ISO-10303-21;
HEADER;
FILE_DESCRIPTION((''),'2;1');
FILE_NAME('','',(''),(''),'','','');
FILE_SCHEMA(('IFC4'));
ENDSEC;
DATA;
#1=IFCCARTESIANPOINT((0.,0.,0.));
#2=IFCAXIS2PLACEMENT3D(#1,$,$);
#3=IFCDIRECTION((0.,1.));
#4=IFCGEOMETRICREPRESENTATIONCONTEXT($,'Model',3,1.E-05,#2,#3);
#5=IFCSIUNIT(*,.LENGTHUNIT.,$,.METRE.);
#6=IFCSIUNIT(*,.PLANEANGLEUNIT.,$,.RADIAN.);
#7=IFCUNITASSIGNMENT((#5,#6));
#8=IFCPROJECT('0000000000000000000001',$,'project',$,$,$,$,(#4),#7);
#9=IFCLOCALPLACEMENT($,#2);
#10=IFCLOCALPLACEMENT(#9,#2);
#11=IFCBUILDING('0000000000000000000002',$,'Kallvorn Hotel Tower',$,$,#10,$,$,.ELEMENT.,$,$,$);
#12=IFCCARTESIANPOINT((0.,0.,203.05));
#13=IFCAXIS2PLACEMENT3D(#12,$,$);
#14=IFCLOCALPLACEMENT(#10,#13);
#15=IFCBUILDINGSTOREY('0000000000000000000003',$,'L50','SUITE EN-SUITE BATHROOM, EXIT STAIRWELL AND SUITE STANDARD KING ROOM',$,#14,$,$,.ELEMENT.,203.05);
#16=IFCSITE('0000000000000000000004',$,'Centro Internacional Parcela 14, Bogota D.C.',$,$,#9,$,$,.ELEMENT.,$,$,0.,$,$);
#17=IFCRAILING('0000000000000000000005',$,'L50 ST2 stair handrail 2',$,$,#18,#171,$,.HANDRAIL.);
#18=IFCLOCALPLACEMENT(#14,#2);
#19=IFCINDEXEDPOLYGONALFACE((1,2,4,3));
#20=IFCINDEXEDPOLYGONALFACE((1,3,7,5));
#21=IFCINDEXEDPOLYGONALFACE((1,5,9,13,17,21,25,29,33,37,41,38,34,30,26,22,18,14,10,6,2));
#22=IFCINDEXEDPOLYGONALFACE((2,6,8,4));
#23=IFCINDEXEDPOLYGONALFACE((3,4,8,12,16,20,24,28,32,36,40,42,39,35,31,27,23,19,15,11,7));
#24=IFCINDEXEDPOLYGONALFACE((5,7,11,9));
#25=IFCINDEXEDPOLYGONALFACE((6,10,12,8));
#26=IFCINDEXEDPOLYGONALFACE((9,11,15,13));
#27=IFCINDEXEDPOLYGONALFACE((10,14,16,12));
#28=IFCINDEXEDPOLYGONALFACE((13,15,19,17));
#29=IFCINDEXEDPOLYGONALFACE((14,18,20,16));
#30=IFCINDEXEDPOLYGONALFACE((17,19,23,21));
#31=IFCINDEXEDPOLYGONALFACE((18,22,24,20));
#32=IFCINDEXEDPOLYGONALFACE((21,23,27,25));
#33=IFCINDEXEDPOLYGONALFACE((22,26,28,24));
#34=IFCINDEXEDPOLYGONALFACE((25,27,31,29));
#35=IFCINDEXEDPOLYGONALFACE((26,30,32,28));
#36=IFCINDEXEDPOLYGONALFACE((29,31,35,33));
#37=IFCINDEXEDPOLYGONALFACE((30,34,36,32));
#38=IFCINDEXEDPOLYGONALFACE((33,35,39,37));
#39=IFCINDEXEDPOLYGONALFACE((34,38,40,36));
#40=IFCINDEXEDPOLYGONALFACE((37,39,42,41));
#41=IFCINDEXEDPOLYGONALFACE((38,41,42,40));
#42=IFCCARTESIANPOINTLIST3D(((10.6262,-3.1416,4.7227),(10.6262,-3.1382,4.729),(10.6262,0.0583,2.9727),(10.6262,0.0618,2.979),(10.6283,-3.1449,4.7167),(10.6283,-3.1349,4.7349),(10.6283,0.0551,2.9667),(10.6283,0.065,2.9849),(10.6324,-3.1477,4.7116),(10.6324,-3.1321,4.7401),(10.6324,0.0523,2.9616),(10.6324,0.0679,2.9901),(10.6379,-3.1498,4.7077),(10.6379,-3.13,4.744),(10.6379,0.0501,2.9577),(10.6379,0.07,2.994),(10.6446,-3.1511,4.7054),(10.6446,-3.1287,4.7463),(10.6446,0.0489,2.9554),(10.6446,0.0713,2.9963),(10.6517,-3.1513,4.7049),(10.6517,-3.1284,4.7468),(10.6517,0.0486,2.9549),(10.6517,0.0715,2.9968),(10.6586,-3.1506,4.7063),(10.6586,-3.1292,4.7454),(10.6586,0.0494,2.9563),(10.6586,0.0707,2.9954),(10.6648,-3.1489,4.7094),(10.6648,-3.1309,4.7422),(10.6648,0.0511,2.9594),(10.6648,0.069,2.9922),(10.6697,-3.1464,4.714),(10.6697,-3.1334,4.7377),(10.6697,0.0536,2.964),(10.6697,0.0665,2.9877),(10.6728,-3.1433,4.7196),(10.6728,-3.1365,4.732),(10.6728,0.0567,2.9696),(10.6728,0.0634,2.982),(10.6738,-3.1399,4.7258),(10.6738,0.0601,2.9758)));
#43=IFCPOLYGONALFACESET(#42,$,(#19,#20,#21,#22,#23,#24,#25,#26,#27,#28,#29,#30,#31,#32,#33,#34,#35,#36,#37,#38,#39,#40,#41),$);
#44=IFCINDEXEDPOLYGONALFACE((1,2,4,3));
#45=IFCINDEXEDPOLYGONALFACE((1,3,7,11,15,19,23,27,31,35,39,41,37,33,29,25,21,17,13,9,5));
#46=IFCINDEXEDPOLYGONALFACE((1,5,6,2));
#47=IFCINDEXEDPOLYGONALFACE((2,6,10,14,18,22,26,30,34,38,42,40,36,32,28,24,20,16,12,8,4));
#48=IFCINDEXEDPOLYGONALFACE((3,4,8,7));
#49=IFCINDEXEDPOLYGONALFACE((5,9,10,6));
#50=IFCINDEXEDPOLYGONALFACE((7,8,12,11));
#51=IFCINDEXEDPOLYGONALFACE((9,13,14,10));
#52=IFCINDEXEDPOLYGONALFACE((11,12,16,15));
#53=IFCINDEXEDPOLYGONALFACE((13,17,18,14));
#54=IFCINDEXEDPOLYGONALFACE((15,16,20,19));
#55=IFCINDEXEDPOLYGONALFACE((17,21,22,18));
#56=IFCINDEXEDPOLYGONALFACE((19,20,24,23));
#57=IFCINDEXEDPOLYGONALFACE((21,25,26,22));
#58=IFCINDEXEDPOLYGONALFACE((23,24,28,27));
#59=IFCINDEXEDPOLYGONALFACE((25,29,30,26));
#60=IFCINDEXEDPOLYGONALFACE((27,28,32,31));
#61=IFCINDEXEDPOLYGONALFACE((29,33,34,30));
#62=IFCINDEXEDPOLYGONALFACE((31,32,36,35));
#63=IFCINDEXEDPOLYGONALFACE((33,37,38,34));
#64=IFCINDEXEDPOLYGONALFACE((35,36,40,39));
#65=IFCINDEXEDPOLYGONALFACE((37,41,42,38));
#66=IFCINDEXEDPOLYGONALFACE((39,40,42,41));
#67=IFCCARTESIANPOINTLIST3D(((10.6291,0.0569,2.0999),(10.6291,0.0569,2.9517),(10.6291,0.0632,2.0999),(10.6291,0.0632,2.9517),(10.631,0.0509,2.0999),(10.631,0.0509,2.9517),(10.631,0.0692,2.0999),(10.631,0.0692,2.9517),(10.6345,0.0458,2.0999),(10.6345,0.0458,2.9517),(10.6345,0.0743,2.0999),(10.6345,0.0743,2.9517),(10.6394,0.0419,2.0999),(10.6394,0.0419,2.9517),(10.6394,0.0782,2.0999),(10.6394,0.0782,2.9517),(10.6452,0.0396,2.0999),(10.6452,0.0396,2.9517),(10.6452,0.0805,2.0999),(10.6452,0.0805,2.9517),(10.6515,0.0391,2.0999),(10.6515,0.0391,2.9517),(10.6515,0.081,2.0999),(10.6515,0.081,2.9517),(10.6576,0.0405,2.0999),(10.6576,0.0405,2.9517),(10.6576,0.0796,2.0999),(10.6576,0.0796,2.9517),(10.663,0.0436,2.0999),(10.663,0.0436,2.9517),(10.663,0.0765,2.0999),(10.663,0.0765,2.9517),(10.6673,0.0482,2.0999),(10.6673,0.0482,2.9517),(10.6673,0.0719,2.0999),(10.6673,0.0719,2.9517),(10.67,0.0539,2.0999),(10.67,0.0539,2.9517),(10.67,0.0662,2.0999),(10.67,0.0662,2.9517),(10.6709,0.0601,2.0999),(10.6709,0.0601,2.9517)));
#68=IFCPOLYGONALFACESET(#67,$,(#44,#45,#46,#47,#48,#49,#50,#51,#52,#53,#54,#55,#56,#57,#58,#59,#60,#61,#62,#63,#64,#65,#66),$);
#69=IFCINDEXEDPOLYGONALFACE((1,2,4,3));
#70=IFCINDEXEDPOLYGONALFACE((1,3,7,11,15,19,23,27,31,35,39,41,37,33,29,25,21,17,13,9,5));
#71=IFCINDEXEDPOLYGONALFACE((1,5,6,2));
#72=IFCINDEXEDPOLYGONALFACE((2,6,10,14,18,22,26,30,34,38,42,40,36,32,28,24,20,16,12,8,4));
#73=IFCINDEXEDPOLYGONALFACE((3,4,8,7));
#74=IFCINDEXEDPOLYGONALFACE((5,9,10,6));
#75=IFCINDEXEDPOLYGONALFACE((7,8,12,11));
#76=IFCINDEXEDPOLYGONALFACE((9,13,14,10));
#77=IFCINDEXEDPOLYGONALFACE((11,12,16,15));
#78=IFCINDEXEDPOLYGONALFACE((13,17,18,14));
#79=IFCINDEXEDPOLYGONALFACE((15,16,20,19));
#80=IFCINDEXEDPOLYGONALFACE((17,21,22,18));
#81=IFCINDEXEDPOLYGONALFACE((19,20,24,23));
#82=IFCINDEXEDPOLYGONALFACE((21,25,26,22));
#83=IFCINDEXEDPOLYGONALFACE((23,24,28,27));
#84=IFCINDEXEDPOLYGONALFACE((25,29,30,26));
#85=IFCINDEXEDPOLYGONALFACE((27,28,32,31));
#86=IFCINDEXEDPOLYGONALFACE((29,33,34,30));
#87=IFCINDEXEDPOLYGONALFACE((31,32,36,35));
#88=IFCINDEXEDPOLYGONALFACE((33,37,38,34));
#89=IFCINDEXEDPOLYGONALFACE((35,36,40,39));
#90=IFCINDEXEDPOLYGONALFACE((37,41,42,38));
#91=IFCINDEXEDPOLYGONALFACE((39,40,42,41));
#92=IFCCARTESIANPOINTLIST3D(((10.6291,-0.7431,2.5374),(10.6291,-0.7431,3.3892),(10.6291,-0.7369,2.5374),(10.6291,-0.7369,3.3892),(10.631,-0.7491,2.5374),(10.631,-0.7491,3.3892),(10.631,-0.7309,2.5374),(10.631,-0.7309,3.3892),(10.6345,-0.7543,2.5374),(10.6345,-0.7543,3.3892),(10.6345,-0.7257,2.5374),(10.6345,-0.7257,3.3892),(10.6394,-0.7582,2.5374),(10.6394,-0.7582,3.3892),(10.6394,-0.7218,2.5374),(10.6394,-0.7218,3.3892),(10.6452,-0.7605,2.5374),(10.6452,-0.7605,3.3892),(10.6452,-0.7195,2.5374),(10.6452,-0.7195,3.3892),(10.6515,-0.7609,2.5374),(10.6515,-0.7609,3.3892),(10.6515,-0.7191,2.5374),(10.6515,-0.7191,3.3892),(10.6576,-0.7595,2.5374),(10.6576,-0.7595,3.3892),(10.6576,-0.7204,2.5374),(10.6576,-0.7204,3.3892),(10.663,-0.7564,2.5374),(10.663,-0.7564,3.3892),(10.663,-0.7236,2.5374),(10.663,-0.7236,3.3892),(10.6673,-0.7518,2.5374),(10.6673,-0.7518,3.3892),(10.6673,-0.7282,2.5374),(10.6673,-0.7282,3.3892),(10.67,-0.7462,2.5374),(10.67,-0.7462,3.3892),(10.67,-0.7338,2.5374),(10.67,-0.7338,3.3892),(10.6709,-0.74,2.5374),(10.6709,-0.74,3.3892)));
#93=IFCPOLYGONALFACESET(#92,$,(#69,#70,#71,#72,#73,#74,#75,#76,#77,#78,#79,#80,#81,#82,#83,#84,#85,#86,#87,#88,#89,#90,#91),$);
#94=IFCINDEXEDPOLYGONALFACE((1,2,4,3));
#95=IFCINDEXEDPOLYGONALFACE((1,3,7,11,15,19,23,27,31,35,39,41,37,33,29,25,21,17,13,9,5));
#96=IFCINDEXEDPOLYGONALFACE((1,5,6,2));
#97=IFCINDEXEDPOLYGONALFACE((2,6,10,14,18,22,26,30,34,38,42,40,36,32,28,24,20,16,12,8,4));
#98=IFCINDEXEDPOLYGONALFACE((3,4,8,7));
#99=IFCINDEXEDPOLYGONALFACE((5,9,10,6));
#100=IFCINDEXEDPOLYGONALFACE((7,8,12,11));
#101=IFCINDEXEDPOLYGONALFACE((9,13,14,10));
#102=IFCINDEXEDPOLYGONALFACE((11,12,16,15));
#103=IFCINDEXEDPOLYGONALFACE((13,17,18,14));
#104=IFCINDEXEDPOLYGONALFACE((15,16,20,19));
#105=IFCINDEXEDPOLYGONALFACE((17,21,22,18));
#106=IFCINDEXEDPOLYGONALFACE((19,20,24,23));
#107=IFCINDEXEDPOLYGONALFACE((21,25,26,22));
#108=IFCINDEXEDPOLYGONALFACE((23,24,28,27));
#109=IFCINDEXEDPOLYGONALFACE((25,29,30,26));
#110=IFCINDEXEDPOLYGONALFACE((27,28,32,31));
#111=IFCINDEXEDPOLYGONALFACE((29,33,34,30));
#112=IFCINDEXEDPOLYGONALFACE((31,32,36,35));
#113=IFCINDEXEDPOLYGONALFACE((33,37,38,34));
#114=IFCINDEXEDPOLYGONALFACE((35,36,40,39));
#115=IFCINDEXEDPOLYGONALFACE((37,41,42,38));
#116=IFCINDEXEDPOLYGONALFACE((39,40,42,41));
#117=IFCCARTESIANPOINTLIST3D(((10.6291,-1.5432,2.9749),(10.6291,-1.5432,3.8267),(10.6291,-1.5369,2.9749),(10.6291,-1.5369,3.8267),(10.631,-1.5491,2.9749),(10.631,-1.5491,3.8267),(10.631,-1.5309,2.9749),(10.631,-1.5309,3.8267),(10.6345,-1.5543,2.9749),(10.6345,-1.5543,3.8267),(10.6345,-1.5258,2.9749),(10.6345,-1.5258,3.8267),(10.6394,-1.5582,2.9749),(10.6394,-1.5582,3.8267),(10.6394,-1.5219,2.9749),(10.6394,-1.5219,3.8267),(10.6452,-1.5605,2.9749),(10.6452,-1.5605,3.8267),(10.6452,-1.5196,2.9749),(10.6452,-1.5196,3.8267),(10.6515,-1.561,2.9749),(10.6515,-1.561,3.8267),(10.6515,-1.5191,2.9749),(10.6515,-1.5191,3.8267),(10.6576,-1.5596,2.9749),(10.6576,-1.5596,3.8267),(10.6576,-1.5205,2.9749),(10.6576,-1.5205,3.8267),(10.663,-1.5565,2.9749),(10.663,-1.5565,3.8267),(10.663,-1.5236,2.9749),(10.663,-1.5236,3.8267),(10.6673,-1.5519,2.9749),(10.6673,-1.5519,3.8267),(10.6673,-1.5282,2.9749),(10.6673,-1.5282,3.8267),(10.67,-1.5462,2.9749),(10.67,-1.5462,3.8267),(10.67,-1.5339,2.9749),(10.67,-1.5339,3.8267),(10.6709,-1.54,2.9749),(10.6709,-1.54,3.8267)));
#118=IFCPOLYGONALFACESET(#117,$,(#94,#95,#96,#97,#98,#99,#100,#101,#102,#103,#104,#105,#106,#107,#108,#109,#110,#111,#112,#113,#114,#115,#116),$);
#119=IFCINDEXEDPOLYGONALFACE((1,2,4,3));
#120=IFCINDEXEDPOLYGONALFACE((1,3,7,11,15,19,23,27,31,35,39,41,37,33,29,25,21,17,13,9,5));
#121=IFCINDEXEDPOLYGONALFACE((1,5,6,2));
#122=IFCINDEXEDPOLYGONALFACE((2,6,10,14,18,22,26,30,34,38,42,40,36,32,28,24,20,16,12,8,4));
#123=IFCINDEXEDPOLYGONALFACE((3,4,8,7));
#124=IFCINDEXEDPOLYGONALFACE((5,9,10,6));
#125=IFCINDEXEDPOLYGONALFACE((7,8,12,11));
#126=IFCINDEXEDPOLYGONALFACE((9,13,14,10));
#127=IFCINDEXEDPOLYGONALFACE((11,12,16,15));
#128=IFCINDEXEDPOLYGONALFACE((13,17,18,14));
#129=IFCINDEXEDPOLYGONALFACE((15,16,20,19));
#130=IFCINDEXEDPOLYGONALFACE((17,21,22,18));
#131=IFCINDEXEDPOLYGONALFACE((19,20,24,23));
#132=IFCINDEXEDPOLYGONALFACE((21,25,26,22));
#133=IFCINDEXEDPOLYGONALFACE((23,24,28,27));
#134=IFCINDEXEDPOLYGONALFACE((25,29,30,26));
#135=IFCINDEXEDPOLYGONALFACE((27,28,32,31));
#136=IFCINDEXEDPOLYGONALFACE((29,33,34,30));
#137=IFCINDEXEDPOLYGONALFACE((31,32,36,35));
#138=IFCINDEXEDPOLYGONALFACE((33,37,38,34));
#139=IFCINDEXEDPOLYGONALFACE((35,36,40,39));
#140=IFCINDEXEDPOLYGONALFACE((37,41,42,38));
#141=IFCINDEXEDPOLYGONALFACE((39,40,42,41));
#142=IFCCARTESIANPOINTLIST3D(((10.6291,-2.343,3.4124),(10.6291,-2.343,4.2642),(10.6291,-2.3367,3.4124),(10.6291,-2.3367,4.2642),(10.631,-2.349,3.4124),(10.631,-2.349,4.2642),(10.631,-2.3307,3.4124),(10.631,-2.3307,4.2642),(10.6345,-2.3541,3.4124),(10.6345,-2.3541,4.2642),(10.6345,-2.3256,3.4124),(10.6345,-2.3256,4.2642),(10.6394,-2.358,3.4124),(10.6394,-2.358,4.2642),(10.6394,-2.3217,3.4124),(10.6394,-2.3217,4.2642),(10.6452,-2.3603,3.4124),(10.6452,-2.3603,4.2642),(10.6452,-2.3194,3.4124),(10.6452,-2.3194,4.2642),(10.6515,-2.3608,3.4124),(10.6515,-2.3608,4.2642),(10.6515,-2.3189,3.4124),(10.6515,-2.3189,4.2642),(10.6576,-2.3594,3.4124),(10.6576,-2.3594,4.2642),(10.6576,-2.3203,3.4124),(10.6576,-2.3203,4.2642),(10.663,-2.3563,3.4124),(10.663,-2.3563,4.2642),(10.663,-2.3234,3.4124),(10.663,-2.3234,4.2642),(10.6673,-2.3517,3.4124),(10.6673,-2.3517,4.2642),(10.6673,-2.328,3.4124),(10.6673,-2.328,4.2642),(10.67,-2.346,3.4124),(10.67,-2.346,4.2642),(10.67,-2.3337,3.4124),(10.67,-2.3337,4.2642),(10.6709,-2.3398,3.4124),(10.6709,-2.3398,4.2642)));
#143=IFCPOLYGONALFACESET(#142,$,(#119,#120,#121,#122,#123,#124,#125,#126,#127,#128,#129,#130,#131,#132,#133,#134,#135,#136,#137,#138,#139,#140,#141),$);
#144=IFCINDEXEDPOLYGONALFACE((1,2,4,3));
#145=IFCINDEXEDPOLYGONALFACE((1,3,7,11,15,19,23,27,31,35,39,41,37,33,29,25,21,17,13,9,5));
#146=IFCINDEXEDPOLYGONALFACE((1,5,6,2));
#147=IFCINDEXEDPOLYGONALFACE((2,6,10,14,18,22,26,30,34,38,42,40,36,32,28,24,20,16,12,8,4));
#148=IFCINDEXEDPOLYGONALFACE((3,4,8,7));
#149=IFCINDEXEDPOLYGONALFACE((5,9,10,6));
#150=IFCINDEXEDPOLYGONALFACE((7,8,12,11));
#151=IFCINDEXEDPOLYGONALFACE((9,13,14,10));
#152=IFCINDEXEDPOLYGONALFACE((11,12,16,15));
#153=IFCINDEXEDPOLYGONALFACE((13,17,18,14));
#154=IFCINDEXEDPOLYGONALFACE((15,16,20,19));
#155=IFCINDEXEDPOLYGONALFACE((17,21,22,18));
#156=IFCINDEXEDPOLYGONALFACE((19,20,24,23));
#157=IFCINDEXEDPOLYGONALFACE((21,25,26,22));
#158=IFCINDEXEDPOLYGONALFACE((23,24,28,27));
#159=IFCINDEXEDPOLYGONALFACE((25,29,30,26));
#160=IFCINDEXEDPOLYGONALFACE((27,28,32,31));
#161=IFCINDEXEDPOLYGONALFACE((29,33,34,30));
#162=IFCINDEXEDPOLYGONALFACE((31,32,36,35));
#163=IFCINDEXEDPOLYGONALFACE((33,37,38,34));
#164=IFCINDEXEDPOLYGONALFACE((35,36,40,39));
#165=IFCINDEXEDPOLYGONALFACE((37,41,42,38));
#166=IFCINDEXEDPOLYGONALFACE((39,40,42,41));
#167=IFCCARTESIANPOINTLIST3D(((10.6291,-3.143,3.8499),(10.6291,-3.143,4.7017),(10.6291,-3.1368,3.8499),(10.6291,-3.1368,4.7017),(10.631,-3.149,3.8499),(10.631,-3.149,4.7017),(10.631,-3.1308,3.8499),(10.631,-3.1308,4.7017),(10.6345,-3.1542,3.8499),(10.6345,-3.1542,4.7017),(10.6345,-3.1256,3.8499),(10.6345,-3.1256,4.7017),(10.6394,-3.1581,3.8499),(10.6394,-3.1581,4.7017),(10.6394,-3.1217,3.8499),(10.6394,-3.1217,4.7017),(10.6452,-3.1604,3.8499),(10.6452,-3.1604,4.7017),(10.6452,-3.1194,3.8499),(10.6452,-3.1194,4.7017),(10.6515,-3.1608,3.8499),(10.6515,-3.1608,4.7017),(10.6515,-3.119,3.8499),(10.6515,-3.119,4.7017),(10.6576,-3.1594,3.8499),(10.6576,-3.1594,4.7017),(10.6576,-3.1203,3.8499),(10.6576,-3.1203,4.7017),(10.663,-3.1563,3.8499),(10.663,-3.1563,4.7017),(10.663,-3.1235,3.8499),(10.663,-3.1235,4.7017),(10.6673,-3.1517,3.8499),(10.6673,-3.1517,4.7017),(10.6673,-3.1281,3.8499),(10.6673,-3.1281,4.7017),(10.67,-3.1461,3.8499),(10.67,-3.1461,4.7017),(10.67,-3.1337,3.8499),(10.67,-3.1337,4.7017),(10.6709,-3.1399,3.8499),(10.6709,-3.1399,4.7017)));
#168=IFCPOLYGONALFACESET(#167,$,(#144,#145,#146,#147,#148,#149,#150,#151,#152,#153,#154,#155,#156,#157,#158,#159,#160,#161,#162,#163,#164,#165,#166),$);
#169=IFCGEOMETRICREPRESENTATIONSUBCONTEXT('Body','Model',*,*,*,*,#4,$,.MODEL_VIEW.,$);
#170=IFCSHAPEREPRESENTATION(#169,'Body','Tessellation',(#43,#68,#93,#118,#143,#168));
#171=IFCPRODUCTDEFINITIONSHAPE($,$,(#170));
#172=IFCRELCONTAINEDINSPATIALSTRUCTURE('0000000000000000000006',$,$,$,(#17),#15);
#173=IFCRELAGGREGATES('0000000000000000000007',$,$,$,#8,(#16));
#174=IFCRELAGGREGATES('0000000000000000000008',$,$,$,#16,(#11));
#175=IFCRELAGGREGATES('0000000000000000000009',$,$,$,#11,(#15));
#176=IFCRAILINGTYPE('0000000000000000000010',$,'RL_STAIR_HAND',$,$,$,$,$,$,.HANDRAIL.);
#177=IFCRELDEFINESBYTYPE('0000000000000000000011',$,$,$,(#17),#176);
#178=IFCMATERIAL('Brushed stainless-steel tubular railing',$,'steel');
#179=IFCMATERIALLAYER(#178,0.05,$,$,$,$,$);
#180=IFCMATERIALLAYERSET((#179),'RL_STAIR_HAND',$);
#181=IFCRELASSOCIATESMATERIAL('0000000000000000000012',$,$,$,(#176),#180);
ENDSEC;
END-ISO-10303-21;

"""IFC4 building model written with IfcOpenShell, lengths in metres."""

from ifc_helpers import new_model, si_unit, direction, frame, origin, origin_2d, place, context, subcontext, project, spatial, circle, extrude, material, layer, layer_set, type_object, element, save


model = new_model("IFC4")

# Units and contexts
model_context = context("Model", 3, precision=1e-05, world=origin(), true_north=direction((0.0, 1.0)))
body_context = subcontext(model_context, "Body", "Model", "MODEL_VIEW")
ifc_project = project(units=[si_unit("LENGTHUNIT", "METRE"), si_unit("PLANEANGLEUNIT", "RADIAN")], contexts=[model_context])

# Site, building, storey
site_placement = place(None, origin())
site = spatial("IfcSite", under=ifc_project, at=site_placement, Name="Centro Internacional Parcela 14, Bogota D.C.", CompositionType="ELEMENT", RefElevation=0.0)
building_placement = place(site_placement, origin())
building = spatial("IfcBuilding", under=site, at=building_placement, Name="Kallvorn Hotel Tower", CompositionType="ELEMENT")
storey_placement = place(building_placement, frame((0.0, 0.0, 203.05)))
storey = spatial("IfcBuildingStorey", under=building, at=storey_placement, Name="L50", Description="SUITE EN-SUITE BATHROOM, EXIT STAIRWELL AND SUITE STANDARD KING ROOM", CompositionType="ELEMENT", Elevation=203.05)

# Railing
ifc_material_1 = material(Name="Brushed stainless-steel tubular railing", Category="steel")
ifc_layer_1 = layer(ifc_material_1, 0.05)
ifc_layer_set_1 = layer_set([ifc_layer_1], Name="RL_STAIR_HAND")
railing_type_1 = type_object("IfcRailingType", Name="RL_STAIR_HAND", PredefinedType="HANDRAIL", material=ifc_layer_set_1)
railing_1_placement = place(storey_placement, frame((10.6499, 0.0601, 2.0999)))
element("IfcRailing", 1, at=railing_1_placement, inside=storey, type_object=railing_type_1, Name="L50 ST2 stair handrail 2", PredefinedType="HANDRAIL", context=body_context, shape_type="SweptSolid", body=[
    extrude(circle(Radius=0.0239, at=origin_2d()), frame((0.0, 0.0, 0.876), z_axis=(0.0, -0.877368, 0.479818), x_axis=(1.0, 0.0, 0.0)), (0.0, 0.0, 1.0), 3.6472),
    extrude(circle(Radius=0.021, at=origin_2d()), origin(), (0.0, 0.0, 1.0), 0.8518),
    extrude(circle(Radius=0.021, at=origin_2d()), frame((0.0, -0.8, 0.4375)), (0.0, 0.0, 1.0), 0.8518),
    extrude(circle(Radius=0.021, at=origin_2d()), frame((0.0, -1.6001, 0.875)), (0.0, 0.0, 1.0), 0.8518),
    extrude(circle(Radius=0.021, at=origin_2d()), frame((0.0, -2.3999, 1.3125)), (0.0, 0.0, 1.0), 0.8518),
    extrude(circle(Radius=0.021, at=origin_2d()), frame((0.0, -3.2, 1.75)), (0.0, 0.0, 1.0), 0.8518),
])

save(model, "model.ifc")
